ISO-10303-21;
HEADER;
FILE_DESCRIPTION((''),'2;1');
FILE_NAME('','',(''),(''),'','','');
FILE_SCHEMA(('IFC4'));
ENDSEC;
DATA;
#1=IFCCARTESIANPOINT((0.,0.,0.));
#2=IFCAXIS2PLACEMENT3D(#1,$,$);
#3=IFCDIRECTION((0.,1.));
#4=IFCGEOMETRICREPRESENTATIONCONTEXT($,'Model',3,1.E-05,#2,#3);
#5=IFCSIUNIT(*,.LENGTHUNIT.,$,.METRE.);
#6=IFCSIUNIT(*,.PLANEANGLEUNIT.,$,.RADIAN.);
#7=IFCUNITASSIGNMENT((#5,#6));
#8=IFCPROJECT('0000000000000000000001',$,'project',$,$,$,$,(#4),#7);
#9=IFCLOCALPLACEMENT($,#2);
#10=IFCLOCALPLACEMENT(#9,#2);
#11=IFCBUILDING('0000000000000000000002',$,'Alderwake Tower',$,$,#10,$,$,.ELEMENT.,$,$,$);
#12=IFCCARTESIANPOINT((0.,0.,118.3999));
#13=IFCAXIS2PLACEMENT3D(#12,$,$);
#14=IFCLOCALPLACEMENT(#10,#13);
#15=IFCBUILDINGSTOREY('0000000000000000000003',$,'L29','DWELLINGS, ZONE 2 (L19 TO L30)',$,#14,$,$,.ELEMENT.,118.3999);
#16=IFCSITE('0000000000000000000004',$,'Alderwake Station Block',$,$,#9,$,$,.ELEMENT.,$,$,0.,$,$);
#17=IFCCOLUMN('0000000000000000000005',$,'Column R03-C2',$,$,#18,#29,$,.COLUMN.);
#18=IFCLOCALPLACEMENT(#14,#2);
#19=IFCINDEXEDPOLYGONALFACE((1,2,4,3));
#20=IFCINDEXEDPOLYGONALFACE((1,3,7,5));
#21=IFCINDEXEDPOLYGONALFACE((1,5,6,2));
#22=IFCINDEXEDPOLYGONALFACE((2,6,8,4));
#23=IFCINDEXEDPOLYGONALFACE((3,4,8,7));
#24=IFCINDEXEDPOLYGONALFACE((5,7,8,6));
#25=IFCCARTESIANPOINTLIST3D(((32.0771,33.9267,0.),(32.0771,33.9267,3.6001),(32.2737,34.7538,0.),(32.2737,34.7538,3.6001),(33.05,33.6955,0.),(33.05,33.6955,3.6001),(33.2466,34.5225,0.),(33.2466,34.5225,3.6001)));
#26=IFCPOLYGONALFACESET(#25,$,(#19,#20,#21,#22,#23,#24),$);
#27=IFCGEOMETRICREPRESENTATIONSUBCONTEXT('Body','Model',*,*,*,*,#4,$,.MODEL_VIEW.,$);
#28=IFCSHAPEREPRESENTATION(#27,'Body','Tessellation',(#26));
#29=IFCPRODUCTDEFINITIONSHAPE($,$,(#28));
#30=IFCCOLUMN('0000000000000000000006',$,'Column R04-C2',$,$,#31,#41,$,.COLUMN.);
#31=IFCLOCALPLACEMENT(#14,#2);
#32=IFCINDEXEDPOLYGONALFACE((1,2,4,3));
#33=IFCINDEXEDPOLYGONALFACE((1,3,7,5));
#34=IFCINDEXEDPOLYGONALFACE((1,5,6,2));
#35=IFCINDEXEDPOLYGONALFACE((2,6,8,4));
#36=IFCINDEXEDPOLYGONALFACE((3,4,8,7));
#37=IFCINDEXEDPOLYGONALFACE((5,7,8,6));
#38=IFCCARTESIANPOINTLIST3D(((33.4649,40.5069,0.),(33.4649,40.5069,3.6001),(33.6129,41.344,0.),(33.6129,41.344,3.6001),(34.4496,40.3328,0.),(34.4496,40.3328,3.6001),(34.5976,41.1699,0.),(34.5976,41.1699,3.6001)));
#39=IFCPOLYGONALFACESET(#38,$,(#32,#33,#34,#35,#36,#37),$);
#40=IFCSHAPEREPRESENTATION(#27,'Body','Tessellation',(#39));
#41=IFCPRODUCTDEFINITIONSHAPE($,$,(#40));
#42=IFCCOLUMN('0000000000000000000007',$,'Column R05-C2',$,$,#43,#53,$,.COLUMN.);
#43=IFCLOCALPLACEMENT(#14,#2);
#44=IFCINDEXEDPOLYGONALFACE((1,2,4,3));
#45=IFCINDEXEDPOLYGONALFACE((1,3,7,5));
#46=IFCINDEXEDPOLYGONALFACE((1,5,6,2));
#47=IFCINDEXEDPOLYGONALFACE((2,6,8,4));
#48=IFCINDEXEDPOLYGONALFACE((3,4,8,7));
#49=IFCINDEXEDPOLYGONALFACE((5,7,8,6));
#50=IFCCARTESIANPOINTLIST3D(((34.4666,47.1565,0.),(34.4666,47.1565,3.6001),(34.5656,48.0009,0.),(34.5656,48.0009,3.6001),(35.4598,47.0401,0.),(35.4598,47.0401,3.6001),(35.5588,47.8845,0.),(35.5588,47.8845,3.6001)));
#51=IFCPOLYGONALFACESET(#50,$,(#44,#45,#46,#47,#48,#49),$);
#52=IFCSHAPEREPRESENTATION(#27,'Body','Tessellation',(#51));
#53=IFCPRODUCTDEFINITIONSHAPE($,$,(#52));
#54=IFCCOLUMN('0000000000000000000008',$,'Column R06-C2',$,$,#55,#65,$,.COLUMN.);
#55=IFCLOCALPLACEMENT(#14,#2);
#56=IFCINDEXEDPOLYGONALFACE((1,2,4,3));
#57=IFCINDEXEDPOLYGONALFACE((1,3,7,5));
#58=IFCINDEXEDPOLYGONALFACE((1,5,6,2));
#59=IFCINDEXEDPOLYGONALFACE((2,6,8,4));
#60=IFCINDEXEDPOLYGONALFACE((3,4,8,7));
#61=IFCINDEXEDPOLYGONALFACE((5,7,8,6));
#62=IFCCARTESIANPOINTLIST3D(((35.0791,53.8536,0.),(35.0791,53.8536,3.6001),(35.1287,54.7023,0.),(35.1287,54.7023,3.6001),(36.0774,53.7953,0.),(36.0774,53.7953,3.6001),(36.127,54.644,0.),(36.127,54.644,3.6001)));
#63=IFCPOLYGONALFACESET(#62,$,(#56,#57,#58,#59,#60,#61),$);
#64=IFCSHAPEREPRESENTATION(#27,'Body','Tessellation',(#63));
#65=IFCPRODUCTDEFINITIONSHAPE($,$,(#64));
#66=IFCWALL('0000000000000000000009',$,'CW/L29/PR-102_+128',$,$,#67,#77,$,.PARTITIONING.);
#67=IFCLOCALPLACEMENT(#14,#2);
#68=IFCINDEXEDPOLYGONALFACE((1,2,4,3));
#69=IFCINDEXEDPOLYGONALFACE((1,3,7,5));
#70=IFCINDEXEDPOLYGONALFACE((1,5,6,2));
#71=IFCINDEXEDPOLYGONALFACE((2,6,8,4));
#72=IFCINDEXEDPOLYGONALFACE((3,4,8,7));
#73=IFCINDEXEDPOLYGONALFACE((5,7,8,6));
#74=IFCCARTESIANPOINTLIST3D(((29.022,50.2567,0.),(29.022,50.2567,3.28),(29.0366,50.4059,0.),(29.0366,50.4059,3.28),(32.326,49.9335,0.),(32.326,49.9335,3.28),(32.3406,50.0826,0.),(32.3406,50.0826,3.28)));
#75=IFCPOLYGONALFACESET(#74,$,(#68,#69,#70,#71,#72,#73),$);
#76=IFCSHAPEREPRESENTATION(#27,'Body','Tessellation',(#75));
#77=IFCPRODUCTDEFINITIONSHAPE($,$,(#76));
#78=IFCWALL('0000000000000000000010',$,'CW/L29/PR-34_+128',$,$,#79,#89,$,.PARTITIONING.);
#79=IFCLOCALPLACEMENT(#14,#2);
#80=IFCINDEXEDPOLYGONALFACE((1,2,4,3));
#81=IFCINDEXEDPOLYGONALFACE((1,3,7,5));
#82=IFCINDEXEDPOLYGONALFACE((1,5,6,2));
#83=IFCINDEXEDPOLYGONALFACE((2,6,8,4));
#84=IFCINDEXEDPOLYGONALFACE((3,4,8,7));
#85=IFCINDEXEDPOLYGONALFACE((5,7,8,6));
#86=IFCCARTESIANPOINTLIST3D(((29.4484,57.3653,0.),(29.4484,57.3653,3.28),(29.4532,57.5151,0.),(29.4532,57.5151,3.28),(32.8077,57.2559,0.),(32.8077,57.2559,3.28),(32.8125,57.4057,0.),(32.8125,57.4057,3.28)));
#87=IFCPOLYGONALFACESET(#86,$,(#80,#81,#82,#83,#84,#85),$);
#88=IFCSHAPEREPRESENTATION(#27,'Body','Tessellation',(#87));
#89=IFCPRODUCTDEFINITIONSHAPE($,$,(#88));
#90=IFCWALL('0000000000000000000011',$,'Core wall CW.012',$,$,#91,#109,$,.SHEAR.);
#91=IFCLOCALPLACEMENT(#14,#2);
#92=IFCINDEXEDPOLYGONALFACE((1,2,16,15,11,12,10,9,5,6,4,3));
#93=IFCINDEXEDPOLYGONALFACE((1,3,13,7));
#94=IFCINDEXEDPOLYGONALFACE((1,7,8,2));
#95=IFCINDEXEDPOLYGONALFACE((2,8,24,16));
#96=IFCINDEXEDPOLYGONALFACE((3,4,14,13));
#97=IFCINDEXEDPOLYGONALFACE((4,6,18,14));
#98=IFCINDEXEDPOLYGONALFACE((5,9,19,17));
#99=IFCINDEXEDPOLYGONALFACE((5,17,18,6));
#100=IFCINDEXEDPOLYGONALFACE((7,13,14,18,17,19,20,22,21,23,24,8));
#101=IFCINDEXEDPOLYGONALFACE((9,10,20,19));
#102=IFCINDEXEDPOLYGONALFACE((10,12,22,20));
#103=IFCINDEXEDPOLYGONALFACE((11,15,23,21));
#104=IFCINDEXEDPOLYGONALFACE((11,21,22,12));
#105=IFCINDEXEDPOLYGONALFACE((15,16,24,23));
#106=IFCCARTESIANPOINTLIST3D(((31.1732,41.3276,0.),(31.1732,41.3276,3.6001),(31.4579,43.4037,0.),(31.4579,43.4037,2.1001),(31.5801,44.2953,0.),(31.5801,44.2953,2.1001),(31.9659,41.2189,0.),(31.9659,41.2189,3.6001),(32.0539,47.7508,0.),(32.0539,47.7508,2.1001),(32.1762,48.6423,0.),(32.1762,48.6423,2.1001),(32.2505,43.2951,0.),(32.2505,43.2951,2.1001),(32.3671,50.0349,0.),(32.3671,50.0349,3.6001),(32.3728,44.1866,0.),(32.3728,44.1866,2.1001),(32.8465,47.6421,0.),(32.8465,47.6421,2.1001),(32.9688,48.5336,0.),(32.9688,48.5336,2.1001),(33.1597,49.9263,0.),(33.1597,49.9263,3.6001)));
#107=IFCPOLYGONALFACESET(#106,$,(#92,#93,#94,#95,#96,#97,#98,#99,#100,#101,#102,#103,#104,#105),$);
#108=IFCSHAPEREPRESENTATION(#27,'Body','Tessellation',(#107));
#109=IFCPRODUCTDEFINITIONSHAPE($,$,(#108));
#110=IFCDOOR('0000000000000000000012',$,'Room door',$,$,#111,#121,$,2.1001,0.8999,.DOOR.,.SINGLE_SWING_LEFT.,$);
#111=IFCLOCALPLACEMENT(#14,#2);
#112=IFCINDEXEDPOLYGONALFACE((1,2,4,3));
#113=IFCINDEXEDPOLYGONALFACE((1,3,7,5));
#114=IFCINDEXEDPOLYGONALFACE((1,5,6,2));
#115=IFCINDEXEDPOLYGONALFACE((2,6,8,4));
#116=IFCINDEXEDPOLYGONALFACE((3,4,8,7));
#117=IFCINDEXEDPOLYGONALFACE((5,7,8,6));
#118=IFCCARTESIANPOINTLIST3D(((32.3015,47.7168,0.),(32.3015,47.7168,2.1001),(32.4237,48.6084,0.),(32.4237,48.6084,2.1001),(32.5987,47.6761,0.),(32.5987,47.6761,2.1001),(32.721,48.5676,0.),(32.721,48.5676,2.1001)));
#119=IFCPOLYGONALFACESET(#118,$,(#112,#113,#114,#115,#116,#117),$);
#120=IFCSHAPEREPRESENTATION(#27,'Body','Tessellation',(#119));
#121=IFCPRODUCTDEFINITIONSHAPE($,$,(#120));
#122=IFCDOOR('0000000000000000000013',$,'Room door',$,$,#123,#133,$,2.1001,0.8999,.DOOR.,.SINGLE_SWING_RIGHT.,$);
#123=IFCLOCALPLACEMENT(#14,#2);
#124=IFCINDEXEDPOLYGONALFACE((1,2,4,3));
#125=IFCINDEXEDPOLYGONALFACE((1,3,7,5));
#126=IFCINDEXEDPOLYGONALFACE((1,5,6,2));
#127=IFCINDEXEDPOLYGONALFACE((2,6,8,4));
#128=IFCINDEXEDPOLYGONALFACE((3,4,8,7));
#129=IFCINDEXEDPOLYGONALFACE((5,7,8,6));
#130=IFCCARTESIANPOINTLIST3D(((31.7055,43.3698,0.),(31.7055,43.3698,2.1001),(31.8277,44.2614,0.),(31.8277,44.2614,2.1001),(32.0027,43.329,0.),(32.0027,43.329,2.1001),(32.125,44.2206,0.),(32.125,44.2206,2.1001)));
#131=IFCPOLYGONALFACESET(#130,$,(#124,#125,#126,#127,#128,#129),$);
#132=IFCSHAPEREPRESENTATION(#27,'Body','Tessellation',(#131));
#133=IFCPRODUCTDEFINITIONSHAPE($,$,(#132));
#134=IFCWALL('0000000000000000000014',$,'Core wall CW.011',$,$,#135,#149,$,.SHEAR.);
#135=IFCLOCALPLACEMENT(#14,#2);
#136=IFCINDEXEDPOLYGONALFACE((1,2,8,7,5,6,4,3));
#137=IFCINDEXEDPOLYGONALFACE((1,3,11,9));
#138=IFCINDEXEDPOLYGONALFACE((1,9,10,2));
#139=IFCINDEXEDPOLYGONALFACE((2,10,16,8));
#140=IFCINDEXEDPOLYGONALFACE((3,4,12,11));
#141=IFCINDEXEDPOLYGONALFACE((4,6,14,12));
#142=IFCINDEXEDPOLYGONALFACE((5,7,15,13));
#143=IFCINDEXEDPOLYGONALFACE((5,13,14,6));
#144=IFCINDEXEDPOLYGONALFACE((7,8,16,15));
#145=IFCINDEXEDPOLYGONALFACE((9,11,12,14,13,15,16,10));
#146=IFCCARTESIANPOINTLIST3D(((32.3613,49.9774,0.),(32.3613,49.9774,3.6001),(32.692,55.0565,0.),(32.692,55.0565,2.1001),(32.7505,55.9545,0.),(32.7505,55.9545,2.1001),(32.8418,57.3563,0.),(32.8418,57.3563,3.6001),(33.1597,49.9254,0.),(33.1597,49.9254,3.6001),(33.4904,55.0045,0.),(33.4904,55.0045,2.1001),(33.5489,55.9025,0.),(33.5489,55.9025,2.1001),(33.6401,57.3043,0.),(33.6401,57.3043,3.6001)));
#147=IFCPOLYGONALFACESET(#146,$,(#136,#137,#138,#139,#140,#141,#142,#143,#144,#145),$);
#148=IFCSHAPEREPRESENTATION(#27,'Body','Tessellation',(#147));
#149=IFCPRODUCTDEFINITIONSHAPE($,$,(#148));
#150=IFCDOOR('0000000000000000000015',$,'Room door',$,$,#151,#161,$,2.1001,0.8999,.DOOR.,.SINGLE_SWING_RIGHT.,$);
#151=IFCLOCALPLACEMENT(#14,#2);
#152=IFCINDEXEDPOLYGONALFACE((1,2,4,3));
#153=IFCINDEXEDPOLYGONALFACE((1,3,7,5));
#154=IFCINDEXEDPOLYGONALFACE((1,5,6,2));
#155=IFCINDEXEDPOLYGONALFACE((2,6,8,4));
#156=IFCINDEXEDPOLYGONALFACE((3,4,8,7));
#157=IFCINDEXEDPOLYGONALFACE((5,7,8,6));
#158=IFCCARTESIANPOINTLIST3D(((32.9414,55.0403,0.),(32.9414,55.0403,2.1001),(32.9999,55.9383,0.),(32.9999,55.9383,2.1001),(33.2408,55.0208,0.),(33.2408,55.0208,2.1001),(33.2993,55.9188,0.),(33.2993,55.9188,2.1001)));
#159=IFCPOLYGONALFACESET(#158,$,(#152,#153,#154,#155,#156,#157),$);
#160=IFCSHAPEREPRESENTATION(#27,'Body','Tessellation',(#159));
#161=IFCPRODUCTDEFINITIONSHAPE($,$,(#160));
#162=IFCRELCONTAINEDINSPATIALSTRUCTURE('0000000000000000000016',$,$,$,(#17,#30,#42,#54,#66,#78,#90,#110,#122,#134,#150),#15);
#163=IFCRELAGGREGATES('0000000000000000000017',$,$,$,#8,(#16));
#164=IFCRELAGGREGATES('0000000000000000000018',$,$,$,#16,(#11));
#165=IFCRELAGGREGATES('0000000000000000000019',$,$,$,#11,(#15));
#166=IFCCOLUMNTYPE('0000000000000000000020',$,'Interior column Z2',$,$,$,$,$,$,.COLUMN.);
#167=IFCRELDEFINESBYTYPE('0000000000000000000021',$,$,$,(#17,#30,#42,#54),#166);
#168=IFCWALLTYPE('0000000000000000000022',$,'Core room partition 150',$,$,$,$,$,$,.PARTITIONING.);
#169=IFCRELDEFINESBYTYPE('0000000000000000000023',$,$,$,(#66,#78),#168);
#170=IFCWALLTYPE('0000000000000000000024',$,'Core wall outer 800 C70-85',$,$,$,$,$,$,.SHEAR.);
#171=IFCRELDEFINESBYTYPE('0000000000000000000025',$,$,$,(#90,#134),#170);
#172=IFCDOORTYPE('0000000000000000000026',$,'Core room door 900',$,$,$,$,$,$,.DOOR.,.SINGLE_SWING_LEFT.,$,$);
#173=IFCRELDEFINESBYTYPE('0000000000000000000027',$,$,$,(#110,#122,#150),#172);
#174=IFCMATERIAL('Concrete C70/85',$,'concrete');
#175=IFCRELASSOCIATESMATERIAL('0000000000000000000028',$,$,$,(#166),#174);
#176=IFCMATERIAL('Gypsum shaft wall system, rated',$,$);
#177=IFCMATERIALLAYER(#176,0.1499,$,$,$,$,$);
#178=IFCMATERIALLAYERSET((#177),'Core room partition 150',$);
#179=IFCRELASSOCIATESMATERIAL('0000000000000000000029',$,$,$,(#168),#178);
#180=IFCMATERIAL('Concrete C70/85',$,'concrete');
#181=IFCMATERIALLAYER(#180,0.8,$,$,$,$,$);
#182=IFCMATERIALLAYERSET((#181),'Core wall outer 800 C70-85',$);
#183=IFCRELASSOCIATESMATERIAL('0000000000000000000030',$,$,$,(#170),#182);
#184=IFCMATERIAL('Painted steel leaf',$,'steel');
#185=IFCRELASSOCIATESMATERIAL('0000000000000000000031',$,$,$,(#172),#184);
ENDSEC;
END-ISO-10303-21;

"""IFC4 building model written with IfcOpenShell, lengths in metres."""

from ifc_helpers import new_model, si_unit, direction, frame, frame_2d, origin, origin_2d, place, context, subcontext, project, spatial, rectangle, extrude, material, layer, layer_set, material_profile, profile_set, type_object, element, fill, save


model = new_model("IFC4")

# Units and contexts
model_context = context("Model", 3, precision=1e-05, world=origin(), true_north=direction((0.0, 1.0)))
body_context = subcontext(model_context, "Body", "Model", "MODEL_VIEW")
ifc_project = project(units=[si_unit("LENGTHUNIT", "METRE"), si_unit("PLANEANGLEUNIT", "RADIAN")], contexts=[model_context])

# Site, building, storey
site_placement = place(None, origin())
site = spatial("IfcSite", under=ifc_project, at=site_placement, Name="Alderwake Station Block", CompositionType="ELEMENT", RefElevation=0.0)
building_placement = place(site_placement, origin())
building = spatial("IfcBuilding", under=site, at=building_placement, Name="Alderwake Tower", CompositionType="ELEMENT")
storey_placement = place(building_placement, frame((0.0, 0.0, 118.3999)))
storey = spatial("IfcBuildingStorey", under=building, at=storey_placement, Name="L29", Description="DWELLINGS, ZONE 2 (L19 TO L30)", CompositionType="ELEMENT", Elevation=118.3999)

# Columns
ifc_material_1 = material(Name="Concrete C70/85", Category="concrete")
ifc_material_profile = material_profile(ifc_material_1, rectangle(XDim=0.8501, YDim=1.0, at=origin_2d()), Name="RC 1000X850")
ifc_profile_set = profile_set([ifc_material_profile], Name="Concrete C70/85")
column_type = type_object("IfcColumnType", Name="Interior column Z2", PredefinedType="COLUMN", material=ifc_profile_set)
for number, where, z_axis, x_axis, name in (
    (1, (32.6619, 34.2246, 0.0), (0.0, 0.0, 1.0), (0.231222, 0.972901, 0.0), "Column R03-C2"),
    (2, (34.0312, 40.8384, 0.0), (0.0, 0.0, 1.0), (0.174109, 0.984726, 0.0), "Column R04-C2"),
    (3, (35.0127, 47.5205, 0.0), (0.0, 0.0, 1.0), (0.116402, 0.993202, 0.0), "Column R05-C2"),
    (4, (35.603, 54.2488, 0.0), (0.0, 0.0, 1.0), (0.058301, 0.998299, 0.0), "Column R06-C2"),
):
    element("IfcColumn", number, at=place(storey_placement, frame(where, z_axis=z_axis, x_axis=x_axis)), inside=storey, type_object=column_type, Name=name, PredefinedType="COLUMN", context=body_context, shape_type="SweptSolid", body=[
        extrude(rectangle(XDim=0.8501, YDim=1.0, at=origin_2d()), origin(), (0.0, 0.0, 1.0), 3.6001),
    ])

# Walls
ifc_material_2 = material(Name="Gypsum shaft wall system, rated")
ifc_layer_1 = layer(ifc_material_2, 0.1499)
ifc_layer_set_1 = layer_set([ifc_layer_1], Name="Core room partition 150")
wall_type_1 = type_object("IfcWallType", Name="Core room partition 150", PredefinedType="PARTITIONING", material=ifc_layer_set_1)
wall_1_placement = place(storey_placement, frame((29.0293, 50.3313, 0.0), z_axis=(0.0, 0.0, 1.0), x_axis=(0.995248, -0.09737, 0.0)))
element("IfcWall", 5, at=wall_1_placement, inside=storey, type_object=wall_type_1, Name="CW/L29/PR-102_+128", PredefinedType="PARTITIONING", context=body_context, shape_type="SweptSolid", body=[
    extrude(rectangle(XDim=3.3198, YDim=0.1499, at=frame_2d((1.6599, 0.0))), origin(), (0.0, 0.0, 1.0), 3.28),
])
wall_2_placement = place(storey_placement, frame((29.4507, 57.4402, 0.0), z_axis=(0.0, 0.0, 1.0), x_axis=(0.99947, -0.032541, 0.0)))
element("IfcWall", 6, at=wall_2_placement, inside=storey, type_object=wall_type_1, Name="CW/L29/PR-34_+128", PredefinedType="PARTITIONING", context=body_context, shape_type="SweptSolid", body=[
    extrude(rectangle(XDim=3.3611, YDim=0.1499, at=frame_2d((1.6807, 0.0))), origin(), (0.0, 0.0, 1.0), 3.28),
])

# Wall, openings, doors
ifc_material_3 = material(Name="Concrete C70/85", Category="concrete")
ifc_layer_2 = layer(ifc_material_3, 0.8)
ifc_layer_set_2 = layer_set([ifc_layer_2], Name="Core wall outer 800 C70-85")
wall_type_2 = type_object("IfcWallType", Name="Core wall outer 800 C70-85", PredefinedType="SHEAR", material=ifc_layer_set_2)
wall_3_placement = place(storey_placement, frame((32.7634, 49.9807, 0.0), z_axis=(0.0, 0.0, 1.0), x_axis=(-0.135838, -0.990731, 0.0)))
wall_3 = element("IfcWall", 7, at=wall_3_placement, inside=storey, type_object=wall_type_2, Name="Core wall CW.012", PredefinedType="SHEAR", context=body_context, shape_type="SweptSolid", body=[
    extrude(rectangle(XDim=8.7888, YDim=0.8, at=frame_2d((4.3945, 0.0))), origin(), (0.0, 0.0, 1.0), 3.6001),
])
opening_1_placement = place(wall_3_placement, frame((1.4058, 0.0, 0.0)))
opening_1 = element("IfcOpeningElement", 8, at=opening_1_placement, cuts=wall_3, PredefinedType="OPENING", context=body_context, shape_type="SweptSolid", body=[
    extrude(rectangle(XDim=0.8999, YDim=2.1001, at=frame_2d((0.45, 1.05))), frame((0.0, 0.4099, 0.0), z_axis=(0.0, -1.0, 0.0), x_axis=(1.0, 0.0, 0.0)), (0.0, 0.0, 1.0), 0.8201),
])
opening_2_placement = place(wall_3_placement, frame((5.7935, 0.0, 0.0)))
opening_2 = element("IfcOpeningElement", 9, at=opening_2_placement, cuts=wall_3, PredefinedType="OPENING", context=body_context, shape_type="SweptSolid", body=[
    extrude(rectangle(XDim=0.8999, YDim=2.1001, at=frame_2d((0.45, 1.05))), frame((0.0, 0.4099, 0.0), z_axis=(0.0, -1.0, 0.0), x_axis=(1.0, 0.0, 0.0)), (0.0, 0.0, 1.0), 0.8201),
])
ifc_material_4 = material(Name="Painted steel leaf", Category="steel")
door_type_1 = type_object("IfcDoorType", Name="Core room door 900", OperationType="SINGLE_SWING_LEFT", PredefinedType="DOOR", material=ifc_material_4)
door_1_placement = place(opening_1_placement, origin())
door_1 = element("IfcDoor", 10, at=door_1_placement, inside=storey, type_object=door_type_1, Name="Room door", OperationType="SINGLE_SWING_LEFT", OverallHeight=2.1001, OverallWidth=0.8999, PredefinedType="DOOR", context=body_context, shape_type="SweptSolid", body=[
    extrude(rectangle(XDim=0.8999, YDim=2.1001, at=frame_2d((0.45, 1.05))), frame((0.0, 0.1499, 0.0), z_axis=(0.0, -1.0, 0.0), x_axis=(1.0, 0.0, 0.0)), (0.0, 0.0, 1.0), 0.3),
])
fill(opening_1, door_1)
door_2_placement = place(opening_2_placement, origin())
door_2 = element("IfcDoor", 11, at=door_2_placement, inside=storey, type_object=door_type_1, Name="Room door", OperationType="SINGLE_SWING_RIGHT", OverallHeight=2.1001, OverallWidth=0.8999, PredefinedType="DOOR", context=body_context, shape_type="SweptSolid", body=[
    extrude(rectangle(XDim=0.8999, YDim=2.1001, at=frame_2d((0.45, 1.05))), frame((0.0, 0.1499, 0.0), z_axis=(0.0, -1.0, 0.0), x_axis=(1.0, 0.0, 0.0)), (0.0, 0.0, 1.0), 0.3),
])
fill(opening_2, door_2)

# Wall, opening, door
wall_4_placement = place(storey_placement, frame((33.241, 57.3303, 0.0), z_axis=(0.0, 0.0, 1.0), x_axis=(-0.064976, -0.997887, 0.0)))
wall_4 = element("IfcWall", 12, at=wall_4_placement, inside=storey, type_object=wall_type_2, Name="Core wall CW.011", PredefinedType="SHEAR", context=body_context, shape_type="SweptSolid", body=[
    extrude(rectangle(XDim=7.3945, YDim=0.8, at=frame_2d((3.6973, 0.0))), origin(), (0.0, 0.0, 1.0), 3.6001),
])
opening_3_placement = place(wall_4_placement, frame((1.4048, 0.0, 0.0)))
opening_3 = element("IfcOpeningElement", 13, at=opening_3_placement, cuts=wall_4, PredefinedType="OPENING", context=body_context, shape_type="SweptSolid", body=[
    extrude(rectangle(XDim=0.8999, YDim=2.1001, at=frame_2d((0.45, 1.05))), frame((0.0, 0.4099, 0.0), z_axis=(0.0, -1.0, 0.0), x_axis=(1.0, 0.0, 0.0)), (0.0, 0.0, 1.0), 0.8201),
])
door_3_placement = place(opening_3_placement, origin())
door_3 = element("IfcDoor", 14, at=door_3_placement, inside=storey, type_object=door_type_1, Name="Room door", OperationType="SINGLE_SWING_RIGHT", OverallHeight=2.1001, OverallWidth=0.8999, PredefinedType="DOOR", context=body_context, shape_type="SweptSolid", body=[
    extrude(rectangle(XDim=0.8999, YDim=2.1001, at=frame_2d((0.45, 1.05))), frame((0.0, 0.1499, 0.0), z_axis=(0.0, -1.0, 0.0), x_axis=(1.0, 0.0, 0.0)), (0.0, 0.0, 1.0), 0.3),
])
fill(opening_3, door_3)

save(model, "model.ifc")
